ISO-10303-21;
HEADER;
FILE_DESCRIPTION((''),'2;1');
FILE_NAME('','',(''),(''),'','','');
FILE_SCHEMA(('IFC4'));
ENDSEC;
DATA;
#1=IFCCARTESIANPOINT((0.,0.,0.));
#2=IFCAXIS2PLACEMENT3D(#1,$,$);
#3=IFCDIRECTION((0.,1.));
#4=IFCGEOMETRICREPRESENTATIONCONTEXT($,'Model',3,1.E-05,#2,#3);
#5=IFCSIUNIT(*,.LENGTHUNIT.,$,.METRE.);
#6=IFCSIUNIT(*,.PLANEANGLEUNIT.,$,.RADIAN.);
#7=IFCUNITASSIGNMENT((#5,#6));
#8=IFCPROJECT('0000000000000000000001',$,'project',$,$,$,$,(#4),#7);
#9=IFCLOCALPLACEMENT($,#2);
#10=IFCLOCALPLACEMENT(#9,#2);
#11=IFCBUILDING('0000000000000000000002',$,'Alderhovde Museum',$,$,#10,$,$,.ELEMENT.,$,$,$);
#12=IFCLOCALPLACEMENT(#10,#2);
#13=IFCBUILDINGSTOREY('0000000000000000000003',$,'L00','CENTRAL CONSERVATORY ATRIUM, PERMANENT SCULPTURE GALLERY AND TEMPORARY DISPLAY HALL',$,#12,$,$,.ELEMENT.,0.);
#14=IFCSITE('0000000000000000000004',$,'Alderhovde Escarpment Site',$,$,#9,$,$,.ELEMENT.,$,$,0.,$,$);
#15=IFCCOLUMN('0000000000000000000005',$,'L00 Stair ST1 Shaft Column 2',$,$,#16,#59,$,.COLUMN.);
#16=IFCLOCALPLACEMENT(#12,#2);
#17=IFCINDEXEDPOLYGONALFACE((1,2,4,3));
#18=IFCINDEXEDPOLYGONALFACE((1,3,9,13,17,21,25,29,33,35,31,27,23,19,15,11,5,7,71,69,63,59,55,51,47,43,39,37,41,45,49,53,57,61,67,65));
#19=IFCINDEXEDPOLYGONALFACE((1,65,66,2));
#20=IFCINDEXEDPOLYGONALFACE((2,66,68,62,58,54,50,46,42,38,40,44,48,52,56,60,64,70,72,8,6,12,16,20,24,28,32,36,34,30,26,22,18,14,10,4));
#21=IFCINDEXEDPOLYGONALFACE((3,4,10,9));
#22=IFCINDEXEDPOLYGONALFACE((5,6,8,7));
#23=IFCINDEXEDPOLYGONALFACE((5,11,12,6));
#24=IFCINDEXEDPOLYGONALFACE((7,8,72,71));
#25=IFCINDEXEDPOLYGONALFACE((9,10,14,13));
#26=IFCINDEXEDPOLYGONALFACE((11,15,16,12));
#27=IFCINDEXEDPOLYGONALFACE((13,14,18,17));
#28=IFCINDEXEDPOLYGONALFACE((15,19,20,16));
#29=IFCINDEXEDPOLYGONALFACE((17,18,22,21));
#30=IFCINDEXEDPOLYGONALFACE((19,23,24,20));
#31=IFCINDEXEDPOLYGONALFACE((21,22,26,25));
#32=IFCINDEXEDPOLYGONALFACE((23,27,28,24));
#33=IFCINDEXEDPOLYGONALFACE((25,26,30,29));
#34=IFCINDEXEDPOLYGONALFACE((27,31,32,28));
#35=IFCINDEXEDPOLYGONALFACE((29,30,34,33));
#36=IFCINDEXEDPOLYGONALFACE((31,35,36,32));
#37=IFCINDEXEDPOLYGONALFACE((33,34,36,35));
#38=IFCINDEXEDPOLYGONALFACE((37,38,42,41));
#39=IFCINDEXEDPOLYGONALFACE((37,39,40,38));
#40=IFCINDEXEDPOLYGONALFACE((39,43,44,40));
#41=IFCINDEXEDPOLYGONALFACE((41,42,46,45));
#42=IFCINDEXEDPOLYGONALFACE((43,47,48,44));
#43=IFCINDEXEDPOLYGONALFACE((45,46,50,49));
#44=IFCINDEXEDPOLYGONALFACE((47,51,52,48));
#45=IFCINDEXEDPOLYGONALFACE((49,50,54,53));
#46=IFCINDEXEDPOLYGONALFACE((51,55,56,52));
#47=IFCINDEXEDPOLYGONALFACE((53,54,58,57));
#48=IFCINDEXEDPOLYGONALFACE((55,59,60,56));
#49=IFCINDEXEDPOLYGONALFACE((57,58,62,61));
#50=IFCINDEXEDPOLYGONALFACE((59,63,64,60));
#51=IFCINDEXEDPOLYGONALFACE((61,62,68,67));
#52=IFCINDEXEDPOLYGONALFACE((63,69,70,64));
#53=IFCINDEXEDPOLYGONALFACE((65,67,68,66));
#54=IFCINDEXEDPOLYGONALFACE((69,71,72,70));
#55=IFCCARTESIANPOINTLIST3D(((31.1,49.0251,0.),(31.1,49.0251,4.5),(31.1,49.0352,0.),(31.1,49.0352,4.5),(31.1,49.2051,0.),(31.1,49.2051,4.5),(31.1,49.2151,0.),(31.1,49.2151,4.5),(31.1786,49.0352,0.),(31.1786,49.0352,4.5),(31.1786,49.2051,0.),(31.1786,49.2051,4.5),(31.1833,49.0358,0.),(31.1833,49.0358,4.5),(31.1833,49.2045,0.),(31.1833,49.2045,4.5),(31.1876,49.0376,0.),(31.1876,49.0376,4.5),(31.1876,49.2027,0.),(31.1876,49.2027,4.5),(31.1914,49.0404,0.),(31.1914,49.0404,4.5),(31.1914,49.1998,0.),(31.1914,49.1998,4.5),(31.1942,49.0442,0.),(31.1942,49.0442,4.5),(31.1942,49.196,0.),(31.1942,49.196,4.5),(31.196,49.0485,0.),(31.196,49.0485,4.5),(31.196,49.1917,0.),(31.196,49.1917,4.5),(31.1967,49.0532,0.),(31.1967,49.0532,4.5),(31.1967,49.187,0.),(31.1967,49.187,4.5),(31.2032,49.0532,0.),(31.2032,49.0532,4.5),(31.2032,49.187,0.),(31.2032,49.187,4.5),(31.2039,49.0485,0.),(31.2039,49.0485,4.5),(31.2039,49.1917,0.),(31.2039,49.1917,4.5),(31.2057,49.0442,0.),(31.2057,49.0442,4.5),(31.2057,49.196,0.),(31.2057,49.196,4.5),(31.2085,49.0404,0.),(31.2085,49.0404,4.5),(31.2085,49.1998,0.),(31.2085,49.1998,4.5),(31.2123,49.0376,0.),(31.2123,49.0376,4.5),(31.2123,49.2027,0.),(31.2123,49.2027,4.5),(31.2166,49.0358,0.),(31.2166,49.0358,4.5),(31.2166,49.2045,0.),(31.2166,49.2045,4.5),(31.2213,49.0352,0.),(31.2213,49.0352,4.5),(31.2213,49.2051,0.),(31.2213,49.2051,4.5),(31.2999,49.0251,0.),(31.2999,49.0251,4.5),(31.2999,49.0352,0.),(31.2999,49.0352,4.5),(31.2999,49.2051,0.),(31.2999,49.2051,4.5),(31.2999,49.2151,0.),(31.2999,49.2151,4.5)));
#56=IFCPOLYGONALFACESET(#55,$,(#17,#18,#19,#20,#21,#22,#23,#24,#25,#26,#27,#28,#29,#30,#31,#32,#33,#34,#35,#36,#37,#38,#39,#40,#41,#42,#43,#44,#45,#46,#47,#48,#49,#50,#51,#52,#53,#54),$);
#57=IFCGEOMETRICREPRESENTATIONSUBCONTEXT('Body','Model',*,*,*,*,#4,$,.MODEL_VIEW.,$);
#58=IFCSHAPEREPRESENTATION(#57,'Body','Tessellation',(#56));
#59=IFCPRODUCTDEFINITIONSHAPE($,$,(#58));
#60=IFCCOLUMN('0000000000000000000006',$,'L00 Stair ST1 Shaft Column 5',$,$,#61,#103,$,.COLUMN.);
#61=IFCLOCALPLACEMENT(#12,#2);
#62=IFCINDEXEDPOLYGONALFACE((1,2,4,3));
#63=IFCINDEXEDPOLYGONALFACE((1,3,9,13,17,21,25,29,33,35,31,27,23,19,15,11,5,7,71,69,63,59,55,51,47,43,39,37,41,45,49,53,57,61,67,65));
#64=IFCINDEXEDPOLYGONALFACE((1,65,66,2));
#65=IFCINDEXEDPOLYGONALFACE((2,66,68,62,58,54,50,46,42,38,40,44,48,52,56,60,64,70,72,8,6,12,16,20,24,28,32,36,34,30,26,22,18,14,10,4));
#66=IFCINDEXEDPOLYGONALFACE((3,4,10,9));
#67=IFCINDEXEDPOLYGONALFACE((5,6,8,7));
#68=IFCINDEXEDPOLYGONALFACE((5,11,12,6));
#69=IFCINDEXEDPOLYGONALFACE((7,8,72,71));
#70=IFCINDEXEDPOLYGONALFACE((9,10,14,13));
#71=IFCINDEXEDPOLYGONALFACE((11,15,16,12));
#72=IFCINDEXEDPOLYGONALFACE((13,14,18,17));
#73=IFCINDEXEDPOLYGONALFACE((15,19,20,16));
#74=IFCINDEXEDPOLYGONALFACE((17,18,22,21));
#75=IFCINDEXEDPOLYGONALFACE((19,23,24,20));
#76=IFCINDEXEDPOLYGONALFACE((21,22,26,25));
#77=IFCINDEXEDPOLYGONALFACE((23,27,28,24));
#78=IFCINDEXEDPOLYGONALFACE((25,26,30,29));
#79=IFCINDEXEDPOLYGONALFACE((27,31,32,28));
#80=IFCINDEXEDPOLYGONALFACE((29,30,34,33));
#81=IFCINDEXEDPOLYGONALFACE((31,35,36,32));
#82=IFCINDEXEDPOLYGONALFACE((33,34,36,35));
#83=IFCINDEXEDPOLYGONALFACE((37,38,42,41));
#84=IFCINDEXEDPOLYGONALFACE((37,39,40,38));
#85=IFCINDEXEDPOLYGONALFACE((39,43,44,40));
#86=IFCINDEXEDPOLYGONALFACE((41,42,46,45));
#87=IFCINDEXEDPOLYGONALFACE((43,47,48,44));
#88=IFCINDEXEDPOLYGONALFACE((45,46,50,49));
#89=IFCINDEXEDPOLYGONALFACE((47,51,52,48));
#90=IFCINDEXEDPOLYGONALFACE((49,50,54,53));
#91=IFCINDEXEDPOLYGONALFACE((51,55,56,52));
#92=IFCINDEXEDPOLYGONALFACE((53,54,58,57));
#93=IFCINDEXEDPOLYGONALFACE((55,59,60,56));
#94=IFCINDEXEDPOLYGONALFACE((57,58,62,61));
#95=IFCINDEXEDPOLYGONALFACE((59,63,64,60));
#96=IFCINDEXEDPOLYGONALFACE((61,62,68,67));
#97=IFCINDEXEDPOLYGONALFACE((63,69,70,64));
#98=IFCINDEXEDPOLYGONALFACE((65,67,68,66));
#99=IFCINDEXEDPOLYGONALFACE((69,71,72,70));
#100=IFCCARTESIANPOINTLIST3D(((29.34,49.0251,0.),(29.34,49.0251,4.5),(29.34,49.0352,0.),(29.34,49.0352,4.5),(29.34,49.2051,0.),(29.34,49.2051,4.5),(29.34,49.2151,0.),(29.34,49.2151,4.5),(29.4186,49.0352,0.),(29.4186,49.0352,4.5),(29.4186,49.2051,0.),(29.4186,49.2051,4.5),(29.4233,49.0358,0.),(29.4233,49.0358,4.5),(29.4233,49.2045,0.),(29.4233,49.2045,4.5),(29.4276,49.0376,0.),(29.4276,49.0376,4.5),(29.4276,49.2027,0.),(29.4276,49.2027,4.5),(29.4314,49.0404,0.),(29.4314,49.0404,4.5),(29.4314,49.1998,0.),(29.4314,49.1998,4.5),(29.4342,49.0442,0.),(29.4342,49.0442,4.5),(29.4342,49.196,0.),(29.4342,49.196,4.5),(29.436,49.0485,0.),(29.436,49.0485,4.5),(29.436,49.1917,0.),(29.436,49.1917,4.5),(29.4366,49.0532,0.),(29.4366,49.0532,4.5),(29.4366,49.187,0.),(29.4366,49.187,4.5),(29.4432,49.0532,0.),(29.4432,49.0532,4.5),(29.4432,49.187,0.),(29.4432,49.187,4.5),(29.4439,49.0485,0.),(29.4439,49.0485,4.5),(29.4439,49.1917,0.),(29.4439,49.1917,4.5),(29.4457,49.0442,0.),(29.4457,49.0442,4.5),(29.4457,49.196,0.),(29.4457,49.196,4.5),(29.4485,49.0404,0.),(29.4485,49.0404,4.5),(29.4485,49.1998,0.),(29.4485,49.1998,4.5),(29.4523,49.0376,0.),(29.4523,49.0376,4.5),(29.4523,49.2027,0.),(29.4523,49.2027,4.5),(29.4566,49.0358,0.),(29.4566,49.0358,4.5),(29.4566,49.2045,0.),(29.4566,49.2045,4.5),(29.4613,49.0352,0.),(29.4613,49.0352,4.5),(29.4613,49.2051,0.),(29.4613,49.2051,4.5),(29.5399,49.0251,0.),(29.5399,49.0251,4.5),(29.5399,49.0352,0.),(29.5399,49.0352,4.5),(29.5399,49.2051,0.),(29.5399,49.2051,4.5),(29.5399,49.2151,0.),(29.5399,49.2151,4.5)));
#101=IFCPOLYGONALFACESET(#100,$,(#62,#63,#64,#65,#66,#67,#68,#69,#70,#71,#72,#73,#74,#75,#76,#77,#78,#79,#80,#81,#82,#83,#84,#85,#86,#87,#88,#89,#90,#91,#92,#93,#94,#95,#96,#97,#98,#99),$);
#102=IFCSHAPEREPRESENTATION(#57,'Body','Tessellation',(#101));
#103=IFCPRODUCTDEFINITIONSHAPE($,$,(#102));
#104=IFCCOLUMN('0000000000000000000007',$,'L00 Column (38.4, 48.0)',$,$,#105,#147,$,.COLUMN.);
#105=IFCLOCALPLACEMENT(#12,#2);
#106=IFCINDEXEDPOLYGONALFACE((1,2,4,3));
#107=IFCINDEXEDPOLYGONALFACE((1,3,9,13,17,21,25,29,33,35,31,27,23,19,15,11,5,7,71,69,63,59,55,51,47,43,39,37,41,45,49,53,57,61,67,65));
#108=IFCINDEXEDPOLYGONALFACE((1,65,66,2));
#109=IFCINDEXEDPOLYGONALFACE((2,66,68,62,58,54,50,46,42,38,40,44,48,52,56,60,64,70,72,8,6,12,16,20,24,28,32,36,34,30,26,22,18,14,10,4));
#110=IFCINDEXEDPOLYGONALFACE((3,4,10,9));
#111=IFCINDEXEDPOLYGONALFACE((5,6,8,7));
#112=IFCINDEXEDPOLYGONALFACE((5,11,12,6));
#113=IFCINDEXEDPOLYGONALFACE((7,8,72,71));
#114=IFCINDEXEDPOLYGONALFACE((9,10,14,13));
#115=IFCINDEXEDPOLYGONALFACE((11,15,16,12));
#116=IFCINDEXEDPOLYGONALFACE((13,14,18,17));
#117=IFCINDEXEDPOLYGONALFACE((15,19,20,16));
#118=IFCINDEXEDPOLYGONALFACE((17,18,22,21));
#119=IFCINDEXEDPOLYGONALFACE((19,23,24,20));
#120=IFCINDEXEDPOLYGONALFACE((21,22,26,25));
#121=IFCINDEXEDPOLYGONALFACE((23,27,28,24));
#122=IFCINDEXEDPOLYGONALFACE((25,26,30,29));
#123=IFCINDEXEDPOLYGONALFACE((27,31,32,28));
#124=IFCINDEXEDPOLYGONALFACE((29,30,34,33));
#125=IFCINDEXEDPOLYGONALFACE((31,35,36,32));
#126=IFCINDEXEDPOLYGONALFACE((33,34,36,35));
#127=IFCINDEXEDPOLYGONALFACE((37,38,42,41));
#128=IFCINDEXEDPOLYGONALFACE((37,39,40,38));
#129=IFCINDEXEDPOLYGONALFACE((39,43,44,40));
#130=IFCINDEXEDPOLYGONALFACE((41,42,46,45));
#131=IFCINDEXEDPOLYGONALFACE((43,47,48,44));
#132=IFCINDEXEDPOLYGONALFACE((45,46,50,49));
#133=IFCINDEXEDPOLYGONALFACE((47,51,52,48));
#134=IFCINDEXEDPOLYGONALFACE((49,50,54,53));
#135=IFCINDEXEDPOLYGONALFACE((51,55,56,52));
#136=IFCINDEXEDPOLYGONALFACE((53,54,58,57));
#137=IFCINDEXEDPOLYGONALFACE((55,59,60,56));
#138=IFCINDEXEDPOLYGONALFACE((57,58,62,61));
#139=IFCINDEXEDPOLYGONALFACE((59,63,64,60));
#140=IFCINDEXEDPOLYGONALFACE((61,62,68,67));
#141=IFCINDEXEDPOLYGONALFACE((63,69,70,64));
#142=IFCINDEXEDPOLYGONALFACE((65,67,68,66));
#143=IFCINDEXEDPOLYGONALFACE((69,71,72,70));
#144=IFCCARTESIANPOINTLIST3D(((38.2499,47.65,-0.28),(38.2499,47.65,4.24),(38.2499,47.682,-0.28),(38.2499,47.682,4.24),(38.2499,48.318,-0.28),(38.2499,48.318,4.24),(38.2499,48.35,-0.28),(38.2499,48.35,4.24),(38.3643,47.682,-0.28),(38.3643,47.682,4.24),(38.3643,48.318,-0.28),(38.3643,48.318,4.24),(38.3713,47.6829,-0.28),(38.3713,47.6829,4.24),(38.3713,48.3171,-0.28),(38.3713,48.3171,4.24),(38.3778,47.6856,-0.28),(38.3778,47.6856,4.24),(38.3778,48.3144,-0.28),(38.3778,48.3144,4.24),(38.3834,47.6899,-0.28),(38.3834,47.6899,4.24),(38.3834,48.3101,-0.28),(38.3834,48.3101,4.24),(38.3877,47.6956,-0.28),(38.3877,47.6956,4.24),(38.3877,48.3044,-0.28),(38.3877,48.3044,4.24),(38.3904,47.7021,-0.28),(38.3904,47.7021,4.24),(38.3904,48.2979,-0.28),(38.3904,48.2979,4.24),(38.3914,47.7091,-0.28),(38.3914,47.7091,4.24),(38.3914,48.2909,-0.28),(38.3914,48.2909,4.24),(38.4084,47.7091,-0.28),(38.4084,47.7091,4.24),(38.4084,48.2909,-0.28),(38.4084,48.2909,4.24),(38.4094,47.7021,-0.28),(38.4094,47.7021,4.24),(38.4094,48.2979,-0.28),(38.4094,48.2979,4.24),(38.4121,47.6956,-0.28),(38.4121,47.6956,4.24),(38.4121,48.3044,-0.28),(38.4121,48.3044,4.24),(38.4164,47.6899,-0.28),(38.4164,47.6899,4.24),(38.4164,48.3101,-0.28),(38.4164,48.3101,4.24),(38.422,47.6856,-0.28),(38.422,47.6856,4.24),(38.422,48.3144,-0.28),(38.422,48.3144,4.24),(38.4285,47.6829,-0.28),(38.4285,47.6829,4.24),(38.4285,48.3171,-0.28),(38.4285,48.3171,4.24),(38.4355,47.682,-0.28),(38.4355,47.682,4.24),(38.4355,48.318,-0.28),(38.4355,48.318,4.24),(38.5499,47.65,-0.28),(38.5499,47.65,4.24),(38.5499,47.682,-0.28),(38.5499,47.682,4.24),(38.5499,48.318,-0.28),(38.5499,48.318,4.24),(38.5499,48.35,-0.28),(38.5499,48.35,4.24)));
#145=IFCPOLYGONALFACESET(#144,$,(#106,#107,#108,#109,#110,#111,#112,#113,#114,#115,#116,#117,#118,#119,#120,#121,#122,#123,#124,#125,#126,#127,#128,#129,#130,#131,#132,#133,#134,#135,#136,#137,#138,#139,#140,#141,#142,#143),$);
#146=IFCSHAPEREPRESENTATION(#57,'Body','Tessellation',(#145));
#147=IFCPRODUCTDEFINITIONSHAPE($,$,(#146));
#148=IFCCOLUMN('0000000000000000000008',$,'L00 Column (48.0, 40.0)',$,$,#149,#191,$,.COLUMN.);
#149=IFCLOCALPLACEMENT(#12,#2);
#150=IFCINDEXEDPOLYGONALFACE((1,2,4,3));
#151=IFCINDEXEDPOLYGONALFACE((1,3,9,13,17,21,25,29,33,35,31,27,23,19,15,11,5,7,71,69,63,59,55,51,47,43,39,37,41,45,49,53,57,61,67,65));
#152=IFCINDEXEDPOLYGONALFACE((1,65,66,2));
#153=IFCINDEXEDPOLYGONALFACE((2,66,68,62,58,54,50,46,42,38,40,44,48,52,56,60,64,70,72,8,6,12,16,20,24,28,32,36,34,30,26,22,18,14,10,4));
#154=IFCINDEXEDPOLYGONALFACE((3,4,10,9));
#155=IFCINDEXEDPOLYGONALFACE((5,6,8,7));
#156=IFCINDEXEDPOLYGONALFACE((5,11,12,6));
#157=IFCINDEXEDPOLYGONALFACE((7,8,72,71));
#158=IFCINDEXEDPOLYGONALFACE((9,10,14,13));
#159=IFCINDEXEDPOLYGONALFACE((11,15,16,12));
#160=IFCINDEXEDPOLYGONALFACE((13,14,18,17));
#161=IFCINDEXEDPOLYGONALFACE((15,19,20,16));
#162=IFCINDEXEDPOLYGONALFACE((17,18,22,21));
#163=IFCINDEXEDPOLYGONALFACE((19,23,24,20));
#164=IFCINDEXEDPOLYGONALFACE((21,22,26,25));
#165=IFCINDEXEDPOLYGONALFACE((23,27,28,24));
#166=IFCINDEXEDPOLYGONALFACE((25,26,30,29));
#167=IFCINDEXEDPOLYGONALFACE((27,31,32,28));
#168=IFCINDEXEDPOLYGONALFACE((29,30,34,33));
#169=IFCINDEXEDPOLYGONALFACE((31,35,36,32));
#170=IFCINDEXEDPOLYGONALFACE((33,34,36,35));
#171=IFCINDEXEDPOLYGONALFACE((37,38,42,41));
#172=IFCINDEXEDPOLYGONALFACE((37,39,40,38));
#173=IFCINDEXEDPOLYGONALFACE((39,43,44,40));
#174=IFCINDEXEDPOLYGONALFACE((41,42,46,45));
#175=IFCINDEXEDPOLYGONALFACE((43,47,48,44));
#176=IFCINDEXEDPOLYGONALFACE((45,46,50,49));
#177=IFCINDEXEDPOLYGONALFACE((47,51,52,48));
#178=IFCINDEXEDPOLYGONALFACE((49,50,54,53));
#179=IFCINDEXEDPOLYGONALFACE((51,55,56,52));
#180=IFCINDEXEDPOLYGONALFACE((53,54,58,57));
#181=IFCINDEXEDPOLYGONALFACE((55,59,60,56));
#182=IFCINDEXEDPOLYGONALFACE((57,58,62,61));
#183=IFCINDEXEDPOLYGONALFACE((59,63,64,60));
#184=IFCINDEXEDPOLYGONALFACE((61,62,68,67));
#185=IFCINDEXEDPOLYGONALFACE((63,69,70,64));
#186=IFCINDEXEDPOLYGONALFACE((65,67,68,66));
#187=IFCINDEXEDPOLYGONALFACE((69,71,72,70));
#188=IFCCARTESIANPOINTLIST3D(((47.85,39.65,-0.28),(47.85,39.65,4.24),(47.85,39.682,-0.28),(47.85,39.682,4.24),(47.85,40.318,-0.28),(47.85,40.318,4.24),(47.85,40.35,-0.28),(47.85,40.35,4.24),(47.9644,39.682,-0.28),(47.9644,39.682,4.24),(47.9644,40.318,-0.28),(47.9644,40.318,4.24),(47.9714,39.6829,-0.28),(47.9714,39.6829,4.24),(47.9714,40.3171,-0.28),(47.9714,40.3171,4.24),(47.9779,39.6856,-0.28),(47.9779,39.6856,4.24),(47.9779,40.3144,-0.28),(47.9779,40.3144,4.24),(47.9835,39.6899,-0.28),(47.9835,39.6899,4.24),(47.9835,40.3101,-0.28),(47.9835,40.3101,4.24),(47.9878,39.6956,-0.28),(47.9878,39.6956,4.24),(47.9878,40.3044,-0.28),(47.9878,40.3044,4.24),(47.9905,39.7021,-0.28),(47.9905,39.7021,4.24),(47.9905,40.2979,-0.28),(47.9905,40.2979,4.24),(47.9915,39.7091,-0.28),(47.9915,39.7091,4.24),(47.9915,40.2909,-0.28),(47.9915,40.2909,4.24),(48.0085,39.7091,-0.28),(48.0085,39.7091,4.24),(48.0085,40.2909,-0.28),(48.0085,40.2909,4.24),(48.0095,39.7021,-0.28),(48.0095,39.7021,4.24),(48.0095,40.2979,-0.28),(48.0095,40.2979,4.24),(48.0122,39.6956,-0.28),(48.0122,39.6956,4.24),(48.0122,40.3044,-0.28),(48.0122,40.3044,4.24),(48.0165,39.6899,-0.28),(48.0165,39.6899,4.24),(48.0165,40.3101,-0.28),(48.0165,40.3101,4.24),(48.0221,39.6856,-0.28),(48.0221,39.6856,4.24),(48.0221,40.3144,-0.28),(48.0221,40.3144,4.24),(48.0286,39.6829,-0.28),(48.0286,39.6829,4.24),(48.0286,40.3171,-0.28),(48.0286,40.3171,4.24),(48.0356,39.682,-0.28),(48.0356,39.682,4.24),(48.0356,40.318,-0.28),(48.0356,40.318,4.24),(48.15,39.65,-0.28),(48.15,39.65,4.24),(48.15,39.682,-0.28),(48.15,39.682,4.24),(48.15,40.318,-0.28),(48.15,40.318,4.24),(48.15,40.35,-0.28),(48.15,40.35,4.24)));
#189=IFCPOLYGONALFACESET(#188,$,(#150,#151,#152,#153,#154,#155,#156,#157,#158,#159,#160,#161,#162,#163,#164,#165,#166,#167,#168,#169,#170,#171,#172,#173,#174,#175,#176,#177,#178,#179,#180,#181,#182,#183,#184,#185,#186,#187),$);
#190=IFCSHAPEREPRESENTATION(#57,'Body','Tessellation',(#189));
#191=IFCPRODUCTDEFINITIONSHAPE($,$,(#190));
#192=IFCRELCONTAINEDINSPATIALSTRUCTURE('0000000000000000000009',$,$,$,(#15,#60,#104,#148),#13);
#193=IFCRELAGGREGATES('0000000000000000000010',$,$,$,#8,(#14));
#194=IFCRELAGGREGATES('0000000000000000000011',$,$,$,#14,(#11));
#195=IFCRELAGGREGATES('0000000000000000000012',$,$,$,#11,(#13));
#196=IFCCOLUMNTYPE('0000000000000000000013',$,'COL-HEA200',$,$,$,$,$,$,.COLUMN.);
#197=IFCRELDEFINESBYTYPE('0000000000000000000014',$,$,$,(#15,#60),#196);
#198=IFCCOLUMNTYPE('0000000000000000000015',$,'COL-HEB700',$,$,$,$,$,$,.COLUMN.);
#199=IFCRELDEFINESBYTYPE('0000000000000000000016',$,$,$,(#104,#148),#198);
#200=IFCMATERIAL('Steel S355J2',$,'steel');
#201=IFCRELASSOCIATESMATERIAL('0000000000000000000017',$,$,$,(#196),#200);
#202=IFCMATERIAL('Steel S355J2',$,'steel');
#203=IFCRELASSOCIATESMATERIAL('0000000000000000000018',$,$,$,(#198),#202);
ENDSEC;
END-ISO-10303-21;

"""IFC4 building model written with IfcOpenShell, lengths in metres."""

from ifc_helpers import new_model, si_unit, direction, frame, origin, origin_2d, place, context, subcontext, project, spatial, i_section, extrude, material, material_profile, profile_set, type_object, element, save


model = new_model("IFC4")

# Units and contexts
model_context = context("Model", 3, precision=1e-05, world=origin(), true_north=direction((0.0, 1.0)))
body_context = subcontext(model_context, "Body", "Model", "MODEL_VIEW")
ifc_project = project(units=[si_unit("LENGTHUNIT", "METRE"), si_unit("PLANEANGLEUNIT", "RADIAN")], contexts=[model_context])

# Site, building, storey
site_placement = place(None, origin())
site = spatial("IfcSite", under=ifc_project, at=site_placement, Name="Alderhovde Escarpment Site", CompositionType="ELEMENT", RefElevation=0.0)
building_placement = place(site_placement, origin())
building = spatial("IfcBuilding", under=site, at=building_placement, Name="Alderhovde Museum", CompositionType="ELEMENT")
storey_placement = place(building_placement, origin())
storey = spatial("IfcBuildingStorey", under=building, at=storey_placement, Name="L00", Description="CENTRAL CONSERVATORY ATRIUM, PERMANENT SCULPTURE GALLERY AND TEMPORARY DISPLAY HALL", CompositionType="ELEMENT", Elevation=0.0)

# Columns
ifc_material_1 = material(Name="Steel S355J2", Category="steel")
ifc_material_profile_1 = material_profile(ifc_material_1, i_section(OverallWidth=0.2, OverallDepth=0.1899, WebThickness=0.0066, FlangeThickness=0.01, FilletRadius=0.0181, at=origin_2d()), Name="HEA 200")
ifc_profile_set_1 = profile_set([ifc_material_profile_1], Name="Steel S355J2")
column_type_1 = type_object("IfcColumnType", Name="COL-HEA200", PredefinedType="COLUMN", material=ifc_profile_set_1)
for number, where, z_axis, x_axis, name in (
    (1, (31.2, 49.1201, 0.0), (0.0, 0.0, 1.0), (1.0, 0.0, 0.0), "L00 Stair ST1 Shaft Column 2"),
    (2, (29.4399, 49.1201, 0.0), (0.0, 0.0, 1.0), (1.0, 0.0, 0.0), "L00 Stair ST1 Shaft Column 5"),
):
    element("IfcColumn", number, at=place(storey_placement, frame(where, z_axis=z_axis, x_axis=x_axis)), inside=storey, type_object=column_type_1, Name=name, PredefinedType="COLUMN", context=body_context, shape_type="SweptSolid", body=[
        extrude(i_section(OverallWidth=0.2, OverallDepth=0.1899, WebThickness=0.0066, FlangeThickness=0.01, FilletRadius=0.0181, at=origin_2d()), origin(), (0.0, 0.0, 1.0), 4.5),
    ])
ifc_material_2 = material(Name="Steel S355J2", Category="steel")
ifc_material_profile_2 = material_profile(ifc_material_2, i_section(OverallWidth=0.3, OverallDepth=0.7, WebThickness=0.0171, FlangeThickness=0.032, FilletRadius=0.0271, at=origin_2d()), Name="HEB 700")
ifc_profile_set_2 = profile_set([ifc_material_profile_2], Name="Steel S355J2")
column_type_2 = type_object("IfcColumnType", Name="COL-HEB700", PredefinedType="COLUMN", material=ifc_profile_set_2)
for number, where, z_axis, x_axis, name in (
    (3, (38.3999, 48.0, -0.28), (0.0, 0.0, 1.0), (1.0, 0.0, 0.0), "L00 Column (38.4, 48.0)"),
    (4, (48.0, 40.0, -0.28), (0.0, 0.0, 1.0), (1.0, 0.0, 0.0), "L00 Column (48.0, 40.0)"),
):
    element("IfcColumn", number, at=place(storey_placement, frame(where, z_axis=z_axis, x_axis=x_axis)), inside=storey, type_object=column_type_2, Name=name, PredefinedType="COLUMN", context=body_context, shape_type="SweptSolid", body=[
        extrude(i_section(OverallWidth=0.3, OverallDepth=0.7, WebThickness=0.0171, FlangeThickness=0.032, FilletRadius=0.0271, at=origin_2d()), origin(), (0.0, 0.0, 1.0), 4.52),
    ])

save(model, "model.ifc")
